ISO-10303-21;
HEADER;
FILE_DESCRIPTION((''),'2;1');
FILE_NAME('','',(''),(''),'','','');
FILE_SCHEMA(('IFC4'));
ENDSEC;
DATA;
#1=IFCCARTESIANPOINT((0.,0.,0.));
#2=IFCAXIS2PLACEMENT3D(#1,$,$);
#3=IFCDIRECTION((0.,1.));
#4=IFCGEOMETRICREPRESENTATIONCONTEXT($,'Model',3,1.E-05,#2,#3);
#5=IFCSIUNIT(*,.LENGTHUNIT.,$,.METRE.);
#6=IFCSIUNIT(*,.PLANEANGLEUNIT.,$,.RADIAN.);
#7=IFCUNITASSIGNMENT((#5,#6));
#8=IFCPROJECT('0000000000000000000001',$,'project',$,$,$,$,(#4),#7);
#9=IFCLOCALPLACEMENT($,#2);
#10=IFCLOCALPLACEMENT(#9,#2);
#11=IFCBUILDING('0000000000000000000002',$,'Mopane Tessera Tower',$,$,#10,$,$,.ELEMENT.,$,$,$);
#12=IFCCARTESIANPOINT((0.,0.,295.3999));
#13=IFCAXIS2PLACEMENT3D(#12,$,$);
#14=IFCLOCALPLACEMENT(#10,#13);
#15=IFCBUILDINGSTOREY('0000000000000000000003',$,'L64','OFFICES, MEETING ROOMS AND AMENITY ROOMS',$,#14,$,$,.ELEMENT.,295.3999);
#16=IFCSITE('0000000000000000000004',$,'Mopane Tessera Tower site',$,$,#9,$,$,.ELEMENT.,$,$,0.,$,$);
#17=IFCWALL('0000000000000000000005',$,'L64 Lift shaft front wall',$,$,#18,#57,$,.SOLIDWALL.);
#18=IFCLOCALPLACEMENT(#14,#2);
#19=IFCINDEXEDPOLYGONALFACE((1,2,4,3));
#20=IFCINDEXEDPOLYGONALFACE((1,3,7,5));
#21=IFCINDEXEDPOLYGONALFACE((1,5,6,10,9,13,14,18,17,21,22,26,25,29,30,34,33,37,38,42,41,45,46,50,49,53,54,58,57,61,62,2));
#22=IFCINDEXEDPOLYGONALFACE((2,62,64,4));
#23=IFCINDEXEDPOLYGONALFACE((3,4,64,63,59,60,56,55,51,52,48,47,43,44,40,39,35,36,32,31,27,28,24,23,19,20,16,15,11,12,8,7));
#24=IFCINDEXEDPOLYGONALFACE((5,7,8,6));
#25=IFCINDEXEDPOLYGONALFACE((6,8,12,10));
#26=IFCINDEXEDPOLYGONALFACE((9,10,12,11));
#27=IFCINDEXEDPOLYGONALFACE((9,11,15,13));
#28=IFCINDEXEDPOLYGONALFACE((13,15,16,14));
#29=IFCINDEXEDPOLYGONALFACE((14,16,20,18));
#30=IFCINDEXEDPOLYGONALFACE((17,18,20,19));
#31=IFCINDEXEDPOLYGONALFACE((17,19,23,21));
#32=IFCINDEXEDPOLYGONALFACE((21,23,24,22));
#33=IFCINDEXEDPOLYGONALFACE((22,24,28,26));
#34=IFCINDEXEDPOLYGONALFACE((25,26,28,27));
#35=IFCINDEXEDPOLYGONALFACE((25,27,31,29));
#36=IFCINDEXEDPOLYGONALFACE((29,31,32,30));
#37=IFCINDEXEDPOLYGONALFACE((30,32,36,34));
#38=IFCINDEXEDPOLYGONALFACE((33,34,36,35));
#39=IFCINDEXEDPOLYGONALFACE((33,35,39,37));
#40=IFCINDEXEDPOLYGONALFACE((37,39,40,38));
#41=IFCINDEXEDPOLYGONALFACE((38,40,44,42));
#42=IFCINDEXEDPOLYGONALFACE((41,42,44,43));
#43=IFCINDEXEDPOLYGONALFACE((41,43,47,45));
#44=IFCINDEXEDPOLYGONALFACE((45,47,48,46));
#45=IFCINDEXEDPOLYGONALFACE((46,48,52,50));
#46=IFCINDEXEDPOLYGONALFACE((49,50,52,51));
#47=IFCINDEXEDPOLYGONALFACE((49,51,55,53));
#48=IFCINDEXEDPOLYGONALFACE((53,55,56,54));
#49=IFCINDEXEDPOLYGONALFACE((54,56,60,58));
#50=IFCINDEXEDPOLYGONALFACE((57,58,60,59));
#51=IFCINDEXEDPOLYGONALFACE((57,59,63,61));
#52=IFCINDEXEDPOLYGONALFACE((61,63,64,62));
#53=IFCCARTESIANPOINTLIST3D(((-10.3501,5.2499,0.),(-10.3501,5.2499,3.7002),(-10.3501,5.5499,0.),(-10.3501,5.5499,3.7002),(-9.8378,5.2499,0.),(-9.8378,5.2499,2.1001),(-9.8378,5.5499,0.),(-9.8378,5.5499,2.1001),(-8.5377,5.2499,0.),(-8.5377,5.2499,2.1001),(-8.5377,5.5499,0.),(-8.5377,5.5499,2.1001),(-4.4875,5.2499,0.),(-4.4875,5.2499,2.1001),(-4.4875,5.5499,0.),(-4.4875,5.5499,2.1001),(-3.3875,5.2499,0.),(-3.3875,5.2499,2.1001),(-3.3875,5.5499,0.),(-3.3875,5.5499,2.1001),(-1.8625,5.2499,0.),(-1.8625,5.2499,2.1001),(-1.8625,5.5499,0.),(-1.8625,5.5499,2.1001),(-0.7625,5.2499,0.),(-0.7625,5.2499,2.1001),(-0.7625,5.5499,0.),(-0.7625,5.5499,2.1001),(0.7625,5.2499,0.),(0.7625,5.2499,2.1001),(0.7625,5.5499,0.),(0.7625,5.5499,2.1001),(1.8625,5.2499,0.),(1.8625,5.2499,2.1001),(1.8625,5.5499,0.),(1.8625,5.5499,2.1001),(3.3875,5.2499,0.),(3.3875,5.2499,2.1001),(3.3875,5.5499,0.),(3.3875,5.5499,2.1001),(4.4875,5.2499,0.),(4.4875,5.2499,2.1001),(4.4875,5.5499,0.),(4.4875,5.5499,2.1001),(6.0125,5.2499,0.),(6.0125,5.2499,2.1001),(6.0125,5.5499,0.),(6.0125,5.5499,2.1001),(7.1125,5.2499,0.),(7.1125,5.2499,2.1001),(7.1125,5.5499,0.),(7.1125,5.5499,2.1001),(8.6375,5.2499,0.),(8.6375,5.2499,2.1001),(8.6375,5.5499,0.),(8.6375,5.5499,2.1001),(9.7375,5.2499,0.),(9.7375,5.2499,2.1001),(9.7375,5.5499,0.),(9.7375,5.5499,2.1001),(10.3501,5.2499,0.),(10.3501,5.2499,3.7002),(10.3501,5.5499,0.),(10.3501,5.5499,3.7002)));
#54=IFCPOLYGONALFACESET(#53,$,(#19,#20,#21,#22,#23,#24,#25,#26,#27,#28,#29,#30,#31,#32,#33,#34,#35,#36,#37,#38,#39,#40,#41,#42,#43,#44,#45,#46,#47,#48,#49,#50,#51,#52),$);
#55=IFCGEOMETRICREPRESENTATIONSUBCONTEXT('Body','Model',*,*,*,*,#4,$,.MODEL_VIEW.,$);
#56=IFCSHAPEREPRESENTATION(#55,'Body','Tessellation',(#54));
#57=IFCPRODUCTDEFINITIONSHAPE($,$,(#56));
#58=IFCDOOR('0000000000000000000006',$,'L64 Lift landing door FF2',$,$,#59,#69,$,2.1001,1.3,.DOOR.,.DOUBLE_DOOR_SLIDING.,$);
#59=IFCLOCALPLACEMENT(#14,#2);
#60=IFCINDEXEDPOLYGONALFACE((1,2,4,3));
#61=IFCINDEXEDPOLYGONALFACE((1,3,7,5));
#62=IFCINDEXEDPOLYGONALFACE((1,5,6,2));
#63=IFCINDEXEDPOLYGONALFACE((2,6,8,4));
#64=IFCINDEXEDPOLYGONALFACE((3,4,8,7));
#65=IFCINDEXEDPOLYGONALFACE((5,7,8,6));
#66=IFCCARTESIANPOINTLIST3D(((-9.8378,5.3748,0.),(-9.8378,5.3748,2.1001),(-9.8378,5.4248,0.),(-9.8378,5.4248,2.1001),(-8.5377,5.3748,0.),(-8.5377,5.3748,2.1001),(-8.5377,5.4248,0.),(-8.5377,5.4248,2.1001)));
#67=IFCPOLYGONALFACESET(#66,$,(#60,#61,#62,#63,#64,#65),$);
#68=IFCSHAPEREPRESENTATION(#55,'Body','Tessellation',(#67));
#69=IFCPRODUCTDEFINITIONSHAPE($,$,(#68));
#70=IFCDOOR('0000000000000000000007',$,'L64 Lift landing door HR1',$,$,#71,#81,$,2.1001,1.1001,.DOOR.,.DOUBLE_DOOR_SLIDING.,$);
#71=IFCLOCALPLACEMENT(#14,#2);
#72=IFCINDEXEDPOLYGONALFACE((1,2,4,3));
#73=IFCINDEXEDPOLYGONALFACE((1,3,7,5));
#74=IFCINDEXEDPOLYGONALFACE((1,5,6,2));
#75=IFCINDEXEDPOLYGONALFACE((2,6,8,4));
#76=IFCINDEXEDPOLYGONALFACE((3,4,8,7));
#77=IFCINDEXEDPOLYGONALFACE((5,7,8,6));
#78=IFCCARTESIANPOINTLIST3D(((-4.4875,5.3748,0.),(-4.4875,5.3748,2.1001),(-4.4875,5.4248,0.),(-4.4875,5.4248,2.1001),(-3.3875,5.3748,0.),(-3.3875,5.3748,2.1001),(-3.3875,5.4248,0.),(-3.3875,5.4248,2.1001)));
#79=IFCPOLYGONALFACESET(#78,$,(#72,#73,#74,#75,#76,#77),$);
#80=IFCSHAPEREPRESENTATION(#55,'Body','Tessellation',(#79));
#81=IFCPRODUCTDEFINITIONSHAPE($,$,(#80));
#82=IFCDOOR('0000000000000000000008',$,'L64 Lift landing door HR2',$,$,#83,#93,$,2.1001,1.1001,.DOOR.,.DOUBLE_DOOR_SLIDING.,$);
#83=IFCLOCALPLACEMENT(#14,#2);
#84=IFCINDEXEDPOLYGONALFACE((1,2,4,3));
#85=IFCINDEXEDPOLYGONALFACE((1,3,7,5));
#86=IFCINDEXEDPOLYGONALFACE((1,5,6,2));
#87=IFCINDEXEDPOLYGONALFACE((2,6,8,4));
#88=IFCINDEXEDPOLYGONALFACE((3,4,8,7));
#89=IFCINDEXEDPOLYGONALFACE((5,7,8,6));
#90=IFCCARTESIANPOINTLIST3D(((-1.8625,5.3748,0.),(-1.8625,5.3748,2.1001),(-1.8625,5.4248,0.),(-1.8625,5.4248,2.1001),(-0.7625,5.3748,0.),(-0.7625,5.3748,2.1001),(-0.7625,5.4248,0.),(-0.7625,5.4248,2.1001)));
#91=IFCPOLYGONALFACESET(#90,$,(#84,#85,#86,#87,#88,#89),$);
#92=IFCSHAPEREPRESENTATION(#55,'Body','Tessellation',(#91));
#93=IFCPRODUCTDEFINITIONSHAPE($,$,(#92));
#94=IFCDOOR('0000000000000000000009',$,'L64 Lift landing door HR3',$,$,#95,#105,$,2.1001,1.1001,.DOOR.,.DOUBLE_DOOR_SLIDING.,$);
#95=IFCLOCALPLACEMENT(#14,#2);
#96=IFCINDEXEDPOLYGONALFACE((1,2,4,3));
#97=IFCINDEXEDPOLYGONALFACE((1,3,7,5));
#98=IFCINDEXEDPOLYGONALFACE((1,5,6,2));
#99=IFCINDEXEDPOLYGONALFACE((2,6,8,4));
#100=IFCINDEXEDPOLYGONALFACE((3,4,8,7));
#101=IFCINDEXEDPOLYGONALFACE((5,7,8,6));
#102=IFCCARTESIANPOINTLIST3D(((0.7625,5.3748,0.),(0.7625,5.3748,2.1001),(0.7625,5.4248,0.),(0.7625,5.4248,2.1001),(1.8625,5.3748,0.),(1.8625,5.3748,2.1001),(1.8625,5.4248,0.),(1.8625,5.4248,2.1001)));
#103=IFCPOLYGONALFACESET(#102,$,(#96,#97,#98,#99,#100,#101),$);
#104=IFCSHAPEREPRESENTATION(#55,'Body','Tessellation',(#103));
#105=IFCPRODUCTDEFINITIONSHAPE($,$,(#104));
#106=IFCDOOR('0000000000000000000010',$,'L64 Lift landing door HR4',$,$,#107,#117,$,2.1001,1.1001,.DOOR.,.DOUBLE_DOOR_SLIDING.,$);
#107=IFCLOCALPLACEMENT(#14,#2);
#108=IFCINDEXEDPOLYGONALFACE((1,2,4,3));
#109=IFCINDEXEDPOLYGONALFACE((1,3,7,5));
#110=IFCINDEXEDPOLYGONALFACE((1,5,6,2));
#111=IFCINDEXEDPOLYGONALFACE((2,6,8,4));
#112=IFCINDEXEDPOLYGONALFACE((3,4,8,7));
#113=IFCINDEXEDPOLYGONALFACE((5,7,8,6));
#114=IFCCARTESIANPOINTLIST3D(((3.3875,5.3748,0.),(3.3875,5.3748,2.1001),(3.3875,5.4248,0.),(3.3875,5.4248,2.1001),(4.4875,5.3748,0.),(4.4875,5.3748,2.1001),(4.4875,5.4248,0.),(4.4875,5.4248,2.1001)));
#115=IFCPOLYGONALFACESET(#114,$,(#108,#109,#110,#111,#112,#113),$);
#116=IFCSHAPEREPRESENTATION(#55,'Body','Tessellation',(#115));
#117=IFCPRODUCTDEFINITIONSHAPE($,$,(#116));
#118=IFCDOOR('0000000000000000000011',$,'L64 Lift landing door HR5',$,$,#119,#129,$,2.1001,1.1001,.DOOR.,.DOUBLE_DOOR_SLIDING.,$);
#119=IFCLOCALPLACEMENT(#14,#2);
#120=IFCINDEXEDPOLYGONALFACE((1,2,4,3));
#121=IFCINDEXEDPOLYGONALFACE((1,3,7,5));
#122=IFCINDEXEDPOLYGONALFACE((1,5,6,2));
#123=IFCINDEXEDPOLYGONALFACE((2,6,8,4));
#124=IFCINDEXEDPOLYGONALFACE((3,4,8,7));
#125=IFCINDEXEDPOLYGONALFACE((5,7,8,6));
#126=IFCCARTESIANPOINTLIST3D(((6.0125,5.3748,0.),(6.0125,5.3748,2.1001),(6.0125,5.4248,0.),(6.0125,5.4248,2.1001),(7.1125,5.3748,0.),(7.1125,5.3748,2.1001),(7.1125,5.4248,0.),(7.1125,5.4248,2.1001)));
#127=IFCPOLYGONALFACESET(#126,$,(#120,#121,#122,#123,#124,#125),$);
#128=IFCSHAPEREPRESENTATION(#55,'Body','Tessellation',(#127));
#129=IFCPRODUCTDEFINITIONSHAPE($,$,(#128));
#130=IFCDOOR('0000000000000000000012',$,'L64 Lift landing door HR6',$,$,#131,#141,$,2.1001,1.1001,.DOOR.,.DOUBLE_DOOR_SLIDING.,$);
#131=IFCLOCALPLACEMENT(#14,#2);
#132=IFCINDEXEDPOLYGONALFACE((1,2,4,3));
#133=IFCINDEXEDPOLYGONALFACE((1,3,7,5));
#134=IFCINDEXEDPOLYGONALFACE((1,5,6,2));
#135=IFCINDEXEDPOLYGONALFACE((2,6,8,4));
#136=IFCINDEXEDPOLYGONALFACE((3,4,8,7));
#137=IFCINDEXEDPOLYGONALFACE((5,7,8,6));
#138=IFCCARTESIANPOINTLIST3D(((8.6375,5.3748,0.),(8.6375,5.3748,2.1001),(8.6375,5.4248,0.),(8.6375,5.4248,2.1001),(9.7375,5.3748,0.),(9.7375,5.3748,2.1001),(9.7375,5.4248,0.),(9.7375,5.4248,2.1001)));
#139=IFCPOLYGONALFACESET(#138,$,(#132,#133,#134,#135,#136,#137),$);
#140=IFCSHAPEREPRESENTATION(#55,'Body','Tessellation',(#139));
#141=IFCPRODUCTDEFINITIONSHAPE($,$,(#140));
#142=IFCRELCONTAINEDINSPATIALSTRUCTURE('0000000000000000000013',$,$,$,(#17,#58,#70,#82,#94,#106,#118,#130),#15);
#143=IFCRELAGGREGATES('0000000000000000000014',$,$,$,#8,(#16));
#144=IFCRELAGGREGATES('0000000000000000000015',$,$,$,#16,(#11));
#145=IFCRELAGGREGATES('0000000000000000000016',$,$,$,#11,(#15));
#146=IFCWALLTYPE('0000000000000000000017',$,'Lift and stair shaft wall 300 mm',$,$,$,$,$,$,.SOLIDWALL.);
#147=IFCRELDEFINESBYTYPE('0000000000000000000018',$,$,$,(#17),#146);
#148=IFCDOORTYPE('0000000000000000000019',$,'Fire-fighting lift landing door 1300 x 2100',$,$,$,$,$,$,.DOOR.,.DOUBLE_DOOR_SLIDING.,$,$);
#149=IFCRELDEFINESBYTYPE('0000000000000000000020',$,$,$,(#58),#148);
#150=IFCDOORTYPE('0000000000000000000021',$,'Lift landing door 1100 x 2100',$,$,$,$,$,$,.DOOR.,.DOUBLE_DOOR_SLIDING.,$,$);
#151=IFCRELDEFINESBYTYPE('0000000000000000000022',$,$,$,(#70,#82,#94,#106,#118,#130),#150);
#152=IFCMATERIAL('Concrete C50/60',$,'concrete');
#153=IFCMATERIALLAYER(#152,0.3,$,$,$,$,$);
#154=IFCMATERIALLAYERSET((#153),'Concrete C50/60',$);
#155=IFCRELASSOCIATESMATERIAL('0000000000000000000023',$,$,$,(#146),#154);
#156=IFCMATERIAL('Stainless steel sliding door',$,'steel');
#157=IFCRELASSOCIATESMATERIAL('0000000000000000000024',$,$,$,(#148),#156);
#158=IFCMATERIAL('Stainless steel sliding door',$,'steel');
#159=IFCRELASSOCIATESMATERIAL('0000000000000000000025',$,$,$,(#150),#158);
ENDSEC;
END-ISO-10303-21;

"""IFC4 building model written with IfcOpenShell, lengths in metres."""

from ifc_helpers import new_model, si_unit, direction, frame, frame_2d, origin, place, context, subcontext, project, spatial, rectangle, extrude, material, layer, layer_set, type_object, element, fill, save


model = new_model("IFC4")

# Units and contexts
model_context = context("Model", 3, precision=1e-05, world=origin(), true_north=direction((0.0, 1.0)))
body_context = subcontext(model_context, "Body", "Model", "MODEL_VIEW")
ifc_project = project(units=[si_unit("LENGTHUNIT", "METRE"), si_unit("PLANEANGLEUNIT", "RADIAN")], contexts=[model_context])

# Site, building, storey
site_placement = place(None, origin())
site = spatial("IfcSite", under=ifc_project, at=site_placement, Name="Mopane Tessera Tower site", CompositionType="ELEMENT", RefElevation=0.0)
building_placement = place(site_placement, origin())
building = spatial("IfcBuilding", under=site, at=building_placement, Name="Mopane Tessera Tower", CompositionType="ELEMENT")
storey_placement = place(building_placement, frame((0.0, 0.0, 295.3999)))
storey = spatial("IfcBuildingStorey", under=building, at=storey_placement, Name="L64", Description="OFFICES, MEETING ROOMS AND AMENITY ROOMS", CompositionType="ELEMENT", Elevation=295.3999)

# Shared definitions
ifc_material_1 = material(Name="Concrete C50/60", Category="concrete")
ifc_layer_1 = layer(ifc_material_1, 0.3)
ifc_layer_set_1 = layer_set([ifc_layer_1], Name="Concrete C50/60")
wall_type_1 = type_object("IfcWallType", Name="Lift and stair shaft wall 300 mm", PredefinedType="SOLIDWALL", material=ifc_layer_set_1)

# Wall, openings, doors
ifc_material_2 = material(Name="Stainless steel sliding door", Category="steel")
door_type_1 = type_object("IfcDoorType", Name="Fire-fighting lift landing door 1300 x 2100", OperationType="DOUBLE_DOOR_SLIDING", PredefinedType="DOOR", material=ifc_material_2)
wall_1_placement = place(storey_placement, frame((-10.3501, 5.3999, 0.0), z_axis=(0.0, 0.0, 1.0), x_axis=(1.0, 0.0, 0.0)))
wall_1 = element("IfcWall", 1, at=wall_1_placement, inside=storey, type_object=wall_type_1, Name="L64 Lift shaft front wall", PredefinedType="SOLIDWALL", context=body_context, shape_type="SweptSolid", body=[
    extrude(rectangle(XDim=20.7002, YDim=0.3, at=frame_2d((10.3501, 0.0))), origin(), (0.0, 0.0, 1.0), 3.7002),
])
opening_1_placement = place(wall_1_placement, frame((0.5125, 0.0, 0.0)))
opening_1 = element("IfcOpeningElement", 2, at=opening_1_placement, cuts=wall_1, PredefinedType="OPENING", context=body_context, shape_type="SweptSolid", body=[
    extrude(rectangle(XDim=1.3, YDim=2.1001, at=frame_2d((0.6499, 1.05))), frame((0.0, 0.1621, 0.0), z_axis=(0.0, -1.0, 0.0), x_axis=(1.0, 0.0, 0.0)), (0.0, 0.0, 1.0), 0.324),
])
opening_2_placement = place(wall_1_placement, frame((5.8625, 0.0, 0.0)))
opening_2 = element("IfcOpeningElement", 3, at=opening_2_placement, cuts=wall_1, PredefinedType="OPENING", context=body_context, shape_type="SweptSolid", body=[
    extrude(rectangle(XDim=1.1001, YDim=2.1001, at=frame_2d((0.55, 1.05))), frame((0.0, 0.1621, 0.0), z_axis=(0.0, -1.0, 0.0), x_axis=(1.0, 0.0, 0.0)), (0.0, 0.0, 1.0), 0.324),
])
opening_3_placement = place(wall_1_placement, frame((8.4875, 0.0, 0.0)))
opening_3 = element("IfcOpeningElement", 4, at=opening_3_placement, cuts=wall_1, PredefinedType="OPENING", context=body_context, shape_type="SweptSolid", body=[
    extrude(rectangle(XDim=1.1001, YDim=2.1001, at=frame_2d((0.55, 1.05))), frame((0.0, 0.1621, 0.0), z_axis=(0.0, -1.0, 0.0), x_axis=(1.0, 0.0, 0.0)), (0.0, 0.0, 1.0), 0.324),
])
opening_4_placement = place(wall_1_placement, frame((11.1125, 0.0, 0.0)))
opening_4 = element("IfcOpeningElement", 5, at=opening_4_placement, cuts=wall_1, PredefinedType="OPENING", context=body_context, shape_type="SweptSolid", body=[
    extrude(rectangle(XDim=1.1001, YDim=2.1001, at=frame_2d((0.55, 1.05))), frame((0.0, 0.1621, 0.0), z_axis=(0.0, -1.0, 0.0), x_axis=(1.0, 0.0, 0.0)), (0.0, 0.0, 1.0), 0.324),
])
opening_5_placement = place(wall_1_placement, frame((13.7375, 0.0, 0.0)))
opening_5 = element("IfcOpeningElement", 6, at=opening_5_placement, cuts=wall_1, PredefinedType="OPENING", context=body_context, shape_type="SweptSolid", body=[
    extrude(rectangle(XDim=1.1001, YDim=2.1001, at=frame_2d((0.55, 1.05))), frame((0.0, 0.1621, 0.0), z_axis=(0.0, -1.0, 0.0), x_axis=(1.0, 0.0, 0.0)), (0.0, 0.0, 1.0), 0.324),
])
opening_6_placement = place(wall_1_placement, frame((16.3625, 0.0, 0.0)))
opening_6 = element("IfcOpeningElement", 7, at=opening_6_placement, cuts=wall_1, PredefinedType="OPENING", context=body_context, shape_type="SweptSolid", body=[
    extrude(rectangle(XDim=1.1001, YDim=2.1001, at=frame_2d((0.55, 1.05))), frame((0.0, 0.1621, 0.0), z_axis=(0.0, -1.0, 0.0), x_axis=(1.0, 0.0, 0.0)), (0.0, 0.0, 1.0), 0.324),
])
opening_7_placement = place(wall_1_placement, frame((18.9875, 0.0, 0.0)))
opening_7 = element("IfcOpeningElement", 8, at=opening_7_placement, cuts=wall_1, PredefinedType="OPENING", context=body_context, shape_type="SweptSolid", body=[
    extrude(rectangle(XDim=1.1001, YDim=2.1001, at=frame_2d((0.55, 1.05))), frame((0.0, 0.1621, 0.0), z_axis=(0.0, -1.0, 0.0), x_axis=(1.0, 0.0, 0.0)), (0.0, 0.0, 1.0), 0.324),
])
door_1_placement = place(opening_1_placement, origin())
door_1 = element("IfcDoor", 9, at=door_1_placement, inside=storey, type_object=door_type_1, Name="L64 Lift landing door FF2", OperationType="DOUBLE_DOOR_SLIDING", OverallHeight=2.1001, OverallWidth=1.3, PredefinedType="DOOR", context=body_context, shape_type="SweptSolid", body=[
    extrude(rectangle(XDim=1.3, YDim=2.1001, at=frame_2d((0.6499, 1.05))), frame((0.0, 0.0249, 0.0), z_axis=(0.0, -1.0, 0.0), x_axis=(1.0, 0.0, 0.0)), (0.0, 0.0, 1.0), 0.05),
])
fill(opening_1, door_1)
ifc_material_3 = material(Name="Stainless steel sliding door", Category="steel")
door_type_2 = type_object("IfcDoorType", Name="Lift landing door 1100 x 2100", OperationType="DOUBLE_DOOR_SLIDING", PredefinedType="DOOR", material=ifc_material_3)
door_2_placement = place(opening_2_placement, origin())
door_2 = element("IfcDoor", 10, at=door_2_placement, inside=storey, type_object=door_type_2, Name="L64 Lift landing door HR1", OperationType="DOUBLE_DOOR_SLIDING", OverallHeight=2.1001, OverallWidth=1.1001, PredefinedType="DOOR", context=body_context, shape_type="SweptSolid", body=[
    extrude(rectangle(XDim=1.1001, YDim=2.1001, at=frame_2d((0.55, 1.05))), frame((0.0, 0.0249, 0.0), z_axis=(0.0, -1.0, 0.0), x_axis=(1.0, 0.0, 0.0)), (0.0, 0.0, 1.0), 0.05),
])
fill(opening_2, door_2)
door_3_placement = place(opening_3_placement, origin())
door_3 = element("IfcDoor", 11, at=door_3_placement, inside=storey, type_object=door_type_2, Name="L64 Lift landing door HR2", OperationType="DOUBLE_DOOR_SLIDING", OverallHeight=2.1001, OverallWidth=1.1001, PredefinedType="DOOR", context=body_context, shape_type="SweptSolid", body=[
    extrude(rectangle(XDim=1.1001, YDim=2.1001, at=frame_2d((0.55, 1.05))), frame((0.0, 0.0249, 0.0), z_axis=(0.0, -1.0, 0.0), x_axis=(1.0, 0.0, 0.0)), (0.0, 0.0, 1.0), 0.05),
])
fill(opening_3, door_3)
door_4_placement = place(opening_4_placement, origin())
door_4 = element("IfcDoor", 12, at=door_4_placement, inside=storey, type_object=door_type_2, Name="L64 Lift landing door HR3", OperationType="DOUBLE_DOOR_SLIDING", OverallHeight=2.1001, OverallWidth=1.1001, PredefinedType="DOOR", context=body_context, shape_type="SweptSolid", body=[
    extrude(rectangle(XDim=1.1001, YDim=2.1001, at=frame_2d((0.55, 1.05))), frame((0.0, 0.0249, 0.0), z_axis=(0.0, -1.0, 0.0), x_axis=(1.0, 0.0, 0.0)), (0.0, 0.0, 1.0), 0.05),
])
fill(opening_4, door_4)
door_5_placement = place(opening_5_placement, origin())
door_5 = element("IfcDoor", 13, at=door_5_placement, inside=storey, type_object=door_type_2, Name="L64 Lift landing door HR4", OperationType="DOUBLE_DOOR_SLIDING", OverallHeight=2.1001, OverallWidth=1.1001, PredefinedType="DOOR", context=body_context, shape_type="SweptSolid", body=[
    extrude(rectangle(XDim=1.1001, YDim=2.1001, at=frame_2d((0.55, 1.05))), frame((0.0, 0.0249, 0.0), z_axis=(0.0, -1.0, 0.0), x_axis=(1.0, 0.0, 0.0)), (0.0, 0.0, 1.0), 0.05),
])
fill(opening_5, door_5)
door_6_placement = place(opening_6_placement, origin())
door_6 = element("IfcDoor", 14, at=door_6_placement, inside=storey, type_object=door_type_2, Name="L64 Lift landing door HR5", OperationType="DOUBLE_DOOR_SLIDING", OverallHeight=2.1001, OverallWidth=1.1001, PredefinedType="DOOR", context=body_context, shape_type="SweptSolid", body=[
    extrude(rectangle(XDim=1.1001, YDim=2.1001, at=frame_2d((0.55, 1.05))), frame((0.0, 0.0249, 0.0), z_axis=(0.0, -1.0, 0.0), x_axis=(1.0, 0.0, 0.0)), (0.0, 0.0, 1.0), 0.05),
])
fill(opening_6, door_6)
door_7_placement = place(opening_7_placement, origin())
door_7 = element("IfcDoor", 15, at=door_7_placement, inside=storey, type_object=door_type_2, Name="L64 Lift landing door HR6", OperationType="DOUBLE_DOOR_SLIDING", OverallHeight=2.1001, OverallWidth=1.1001, PredefinedType="DOOR", context=body_context, shape_type="SweptSolid", body=[
    extrude(rectangle(XDim=1.1001, YDim=2.1001, at=frame_2d((0.55, 1.05))), frame((0.0, 0.0249, 0.0), z_axis=(0.0, -1.0, 0.0), x_axis=(1.0, 0.0, 0.0)), (0.0, 0.0, 1.0), 0.05),
])
fill(opening_7, door_7)

save(model, "model.ifc")
